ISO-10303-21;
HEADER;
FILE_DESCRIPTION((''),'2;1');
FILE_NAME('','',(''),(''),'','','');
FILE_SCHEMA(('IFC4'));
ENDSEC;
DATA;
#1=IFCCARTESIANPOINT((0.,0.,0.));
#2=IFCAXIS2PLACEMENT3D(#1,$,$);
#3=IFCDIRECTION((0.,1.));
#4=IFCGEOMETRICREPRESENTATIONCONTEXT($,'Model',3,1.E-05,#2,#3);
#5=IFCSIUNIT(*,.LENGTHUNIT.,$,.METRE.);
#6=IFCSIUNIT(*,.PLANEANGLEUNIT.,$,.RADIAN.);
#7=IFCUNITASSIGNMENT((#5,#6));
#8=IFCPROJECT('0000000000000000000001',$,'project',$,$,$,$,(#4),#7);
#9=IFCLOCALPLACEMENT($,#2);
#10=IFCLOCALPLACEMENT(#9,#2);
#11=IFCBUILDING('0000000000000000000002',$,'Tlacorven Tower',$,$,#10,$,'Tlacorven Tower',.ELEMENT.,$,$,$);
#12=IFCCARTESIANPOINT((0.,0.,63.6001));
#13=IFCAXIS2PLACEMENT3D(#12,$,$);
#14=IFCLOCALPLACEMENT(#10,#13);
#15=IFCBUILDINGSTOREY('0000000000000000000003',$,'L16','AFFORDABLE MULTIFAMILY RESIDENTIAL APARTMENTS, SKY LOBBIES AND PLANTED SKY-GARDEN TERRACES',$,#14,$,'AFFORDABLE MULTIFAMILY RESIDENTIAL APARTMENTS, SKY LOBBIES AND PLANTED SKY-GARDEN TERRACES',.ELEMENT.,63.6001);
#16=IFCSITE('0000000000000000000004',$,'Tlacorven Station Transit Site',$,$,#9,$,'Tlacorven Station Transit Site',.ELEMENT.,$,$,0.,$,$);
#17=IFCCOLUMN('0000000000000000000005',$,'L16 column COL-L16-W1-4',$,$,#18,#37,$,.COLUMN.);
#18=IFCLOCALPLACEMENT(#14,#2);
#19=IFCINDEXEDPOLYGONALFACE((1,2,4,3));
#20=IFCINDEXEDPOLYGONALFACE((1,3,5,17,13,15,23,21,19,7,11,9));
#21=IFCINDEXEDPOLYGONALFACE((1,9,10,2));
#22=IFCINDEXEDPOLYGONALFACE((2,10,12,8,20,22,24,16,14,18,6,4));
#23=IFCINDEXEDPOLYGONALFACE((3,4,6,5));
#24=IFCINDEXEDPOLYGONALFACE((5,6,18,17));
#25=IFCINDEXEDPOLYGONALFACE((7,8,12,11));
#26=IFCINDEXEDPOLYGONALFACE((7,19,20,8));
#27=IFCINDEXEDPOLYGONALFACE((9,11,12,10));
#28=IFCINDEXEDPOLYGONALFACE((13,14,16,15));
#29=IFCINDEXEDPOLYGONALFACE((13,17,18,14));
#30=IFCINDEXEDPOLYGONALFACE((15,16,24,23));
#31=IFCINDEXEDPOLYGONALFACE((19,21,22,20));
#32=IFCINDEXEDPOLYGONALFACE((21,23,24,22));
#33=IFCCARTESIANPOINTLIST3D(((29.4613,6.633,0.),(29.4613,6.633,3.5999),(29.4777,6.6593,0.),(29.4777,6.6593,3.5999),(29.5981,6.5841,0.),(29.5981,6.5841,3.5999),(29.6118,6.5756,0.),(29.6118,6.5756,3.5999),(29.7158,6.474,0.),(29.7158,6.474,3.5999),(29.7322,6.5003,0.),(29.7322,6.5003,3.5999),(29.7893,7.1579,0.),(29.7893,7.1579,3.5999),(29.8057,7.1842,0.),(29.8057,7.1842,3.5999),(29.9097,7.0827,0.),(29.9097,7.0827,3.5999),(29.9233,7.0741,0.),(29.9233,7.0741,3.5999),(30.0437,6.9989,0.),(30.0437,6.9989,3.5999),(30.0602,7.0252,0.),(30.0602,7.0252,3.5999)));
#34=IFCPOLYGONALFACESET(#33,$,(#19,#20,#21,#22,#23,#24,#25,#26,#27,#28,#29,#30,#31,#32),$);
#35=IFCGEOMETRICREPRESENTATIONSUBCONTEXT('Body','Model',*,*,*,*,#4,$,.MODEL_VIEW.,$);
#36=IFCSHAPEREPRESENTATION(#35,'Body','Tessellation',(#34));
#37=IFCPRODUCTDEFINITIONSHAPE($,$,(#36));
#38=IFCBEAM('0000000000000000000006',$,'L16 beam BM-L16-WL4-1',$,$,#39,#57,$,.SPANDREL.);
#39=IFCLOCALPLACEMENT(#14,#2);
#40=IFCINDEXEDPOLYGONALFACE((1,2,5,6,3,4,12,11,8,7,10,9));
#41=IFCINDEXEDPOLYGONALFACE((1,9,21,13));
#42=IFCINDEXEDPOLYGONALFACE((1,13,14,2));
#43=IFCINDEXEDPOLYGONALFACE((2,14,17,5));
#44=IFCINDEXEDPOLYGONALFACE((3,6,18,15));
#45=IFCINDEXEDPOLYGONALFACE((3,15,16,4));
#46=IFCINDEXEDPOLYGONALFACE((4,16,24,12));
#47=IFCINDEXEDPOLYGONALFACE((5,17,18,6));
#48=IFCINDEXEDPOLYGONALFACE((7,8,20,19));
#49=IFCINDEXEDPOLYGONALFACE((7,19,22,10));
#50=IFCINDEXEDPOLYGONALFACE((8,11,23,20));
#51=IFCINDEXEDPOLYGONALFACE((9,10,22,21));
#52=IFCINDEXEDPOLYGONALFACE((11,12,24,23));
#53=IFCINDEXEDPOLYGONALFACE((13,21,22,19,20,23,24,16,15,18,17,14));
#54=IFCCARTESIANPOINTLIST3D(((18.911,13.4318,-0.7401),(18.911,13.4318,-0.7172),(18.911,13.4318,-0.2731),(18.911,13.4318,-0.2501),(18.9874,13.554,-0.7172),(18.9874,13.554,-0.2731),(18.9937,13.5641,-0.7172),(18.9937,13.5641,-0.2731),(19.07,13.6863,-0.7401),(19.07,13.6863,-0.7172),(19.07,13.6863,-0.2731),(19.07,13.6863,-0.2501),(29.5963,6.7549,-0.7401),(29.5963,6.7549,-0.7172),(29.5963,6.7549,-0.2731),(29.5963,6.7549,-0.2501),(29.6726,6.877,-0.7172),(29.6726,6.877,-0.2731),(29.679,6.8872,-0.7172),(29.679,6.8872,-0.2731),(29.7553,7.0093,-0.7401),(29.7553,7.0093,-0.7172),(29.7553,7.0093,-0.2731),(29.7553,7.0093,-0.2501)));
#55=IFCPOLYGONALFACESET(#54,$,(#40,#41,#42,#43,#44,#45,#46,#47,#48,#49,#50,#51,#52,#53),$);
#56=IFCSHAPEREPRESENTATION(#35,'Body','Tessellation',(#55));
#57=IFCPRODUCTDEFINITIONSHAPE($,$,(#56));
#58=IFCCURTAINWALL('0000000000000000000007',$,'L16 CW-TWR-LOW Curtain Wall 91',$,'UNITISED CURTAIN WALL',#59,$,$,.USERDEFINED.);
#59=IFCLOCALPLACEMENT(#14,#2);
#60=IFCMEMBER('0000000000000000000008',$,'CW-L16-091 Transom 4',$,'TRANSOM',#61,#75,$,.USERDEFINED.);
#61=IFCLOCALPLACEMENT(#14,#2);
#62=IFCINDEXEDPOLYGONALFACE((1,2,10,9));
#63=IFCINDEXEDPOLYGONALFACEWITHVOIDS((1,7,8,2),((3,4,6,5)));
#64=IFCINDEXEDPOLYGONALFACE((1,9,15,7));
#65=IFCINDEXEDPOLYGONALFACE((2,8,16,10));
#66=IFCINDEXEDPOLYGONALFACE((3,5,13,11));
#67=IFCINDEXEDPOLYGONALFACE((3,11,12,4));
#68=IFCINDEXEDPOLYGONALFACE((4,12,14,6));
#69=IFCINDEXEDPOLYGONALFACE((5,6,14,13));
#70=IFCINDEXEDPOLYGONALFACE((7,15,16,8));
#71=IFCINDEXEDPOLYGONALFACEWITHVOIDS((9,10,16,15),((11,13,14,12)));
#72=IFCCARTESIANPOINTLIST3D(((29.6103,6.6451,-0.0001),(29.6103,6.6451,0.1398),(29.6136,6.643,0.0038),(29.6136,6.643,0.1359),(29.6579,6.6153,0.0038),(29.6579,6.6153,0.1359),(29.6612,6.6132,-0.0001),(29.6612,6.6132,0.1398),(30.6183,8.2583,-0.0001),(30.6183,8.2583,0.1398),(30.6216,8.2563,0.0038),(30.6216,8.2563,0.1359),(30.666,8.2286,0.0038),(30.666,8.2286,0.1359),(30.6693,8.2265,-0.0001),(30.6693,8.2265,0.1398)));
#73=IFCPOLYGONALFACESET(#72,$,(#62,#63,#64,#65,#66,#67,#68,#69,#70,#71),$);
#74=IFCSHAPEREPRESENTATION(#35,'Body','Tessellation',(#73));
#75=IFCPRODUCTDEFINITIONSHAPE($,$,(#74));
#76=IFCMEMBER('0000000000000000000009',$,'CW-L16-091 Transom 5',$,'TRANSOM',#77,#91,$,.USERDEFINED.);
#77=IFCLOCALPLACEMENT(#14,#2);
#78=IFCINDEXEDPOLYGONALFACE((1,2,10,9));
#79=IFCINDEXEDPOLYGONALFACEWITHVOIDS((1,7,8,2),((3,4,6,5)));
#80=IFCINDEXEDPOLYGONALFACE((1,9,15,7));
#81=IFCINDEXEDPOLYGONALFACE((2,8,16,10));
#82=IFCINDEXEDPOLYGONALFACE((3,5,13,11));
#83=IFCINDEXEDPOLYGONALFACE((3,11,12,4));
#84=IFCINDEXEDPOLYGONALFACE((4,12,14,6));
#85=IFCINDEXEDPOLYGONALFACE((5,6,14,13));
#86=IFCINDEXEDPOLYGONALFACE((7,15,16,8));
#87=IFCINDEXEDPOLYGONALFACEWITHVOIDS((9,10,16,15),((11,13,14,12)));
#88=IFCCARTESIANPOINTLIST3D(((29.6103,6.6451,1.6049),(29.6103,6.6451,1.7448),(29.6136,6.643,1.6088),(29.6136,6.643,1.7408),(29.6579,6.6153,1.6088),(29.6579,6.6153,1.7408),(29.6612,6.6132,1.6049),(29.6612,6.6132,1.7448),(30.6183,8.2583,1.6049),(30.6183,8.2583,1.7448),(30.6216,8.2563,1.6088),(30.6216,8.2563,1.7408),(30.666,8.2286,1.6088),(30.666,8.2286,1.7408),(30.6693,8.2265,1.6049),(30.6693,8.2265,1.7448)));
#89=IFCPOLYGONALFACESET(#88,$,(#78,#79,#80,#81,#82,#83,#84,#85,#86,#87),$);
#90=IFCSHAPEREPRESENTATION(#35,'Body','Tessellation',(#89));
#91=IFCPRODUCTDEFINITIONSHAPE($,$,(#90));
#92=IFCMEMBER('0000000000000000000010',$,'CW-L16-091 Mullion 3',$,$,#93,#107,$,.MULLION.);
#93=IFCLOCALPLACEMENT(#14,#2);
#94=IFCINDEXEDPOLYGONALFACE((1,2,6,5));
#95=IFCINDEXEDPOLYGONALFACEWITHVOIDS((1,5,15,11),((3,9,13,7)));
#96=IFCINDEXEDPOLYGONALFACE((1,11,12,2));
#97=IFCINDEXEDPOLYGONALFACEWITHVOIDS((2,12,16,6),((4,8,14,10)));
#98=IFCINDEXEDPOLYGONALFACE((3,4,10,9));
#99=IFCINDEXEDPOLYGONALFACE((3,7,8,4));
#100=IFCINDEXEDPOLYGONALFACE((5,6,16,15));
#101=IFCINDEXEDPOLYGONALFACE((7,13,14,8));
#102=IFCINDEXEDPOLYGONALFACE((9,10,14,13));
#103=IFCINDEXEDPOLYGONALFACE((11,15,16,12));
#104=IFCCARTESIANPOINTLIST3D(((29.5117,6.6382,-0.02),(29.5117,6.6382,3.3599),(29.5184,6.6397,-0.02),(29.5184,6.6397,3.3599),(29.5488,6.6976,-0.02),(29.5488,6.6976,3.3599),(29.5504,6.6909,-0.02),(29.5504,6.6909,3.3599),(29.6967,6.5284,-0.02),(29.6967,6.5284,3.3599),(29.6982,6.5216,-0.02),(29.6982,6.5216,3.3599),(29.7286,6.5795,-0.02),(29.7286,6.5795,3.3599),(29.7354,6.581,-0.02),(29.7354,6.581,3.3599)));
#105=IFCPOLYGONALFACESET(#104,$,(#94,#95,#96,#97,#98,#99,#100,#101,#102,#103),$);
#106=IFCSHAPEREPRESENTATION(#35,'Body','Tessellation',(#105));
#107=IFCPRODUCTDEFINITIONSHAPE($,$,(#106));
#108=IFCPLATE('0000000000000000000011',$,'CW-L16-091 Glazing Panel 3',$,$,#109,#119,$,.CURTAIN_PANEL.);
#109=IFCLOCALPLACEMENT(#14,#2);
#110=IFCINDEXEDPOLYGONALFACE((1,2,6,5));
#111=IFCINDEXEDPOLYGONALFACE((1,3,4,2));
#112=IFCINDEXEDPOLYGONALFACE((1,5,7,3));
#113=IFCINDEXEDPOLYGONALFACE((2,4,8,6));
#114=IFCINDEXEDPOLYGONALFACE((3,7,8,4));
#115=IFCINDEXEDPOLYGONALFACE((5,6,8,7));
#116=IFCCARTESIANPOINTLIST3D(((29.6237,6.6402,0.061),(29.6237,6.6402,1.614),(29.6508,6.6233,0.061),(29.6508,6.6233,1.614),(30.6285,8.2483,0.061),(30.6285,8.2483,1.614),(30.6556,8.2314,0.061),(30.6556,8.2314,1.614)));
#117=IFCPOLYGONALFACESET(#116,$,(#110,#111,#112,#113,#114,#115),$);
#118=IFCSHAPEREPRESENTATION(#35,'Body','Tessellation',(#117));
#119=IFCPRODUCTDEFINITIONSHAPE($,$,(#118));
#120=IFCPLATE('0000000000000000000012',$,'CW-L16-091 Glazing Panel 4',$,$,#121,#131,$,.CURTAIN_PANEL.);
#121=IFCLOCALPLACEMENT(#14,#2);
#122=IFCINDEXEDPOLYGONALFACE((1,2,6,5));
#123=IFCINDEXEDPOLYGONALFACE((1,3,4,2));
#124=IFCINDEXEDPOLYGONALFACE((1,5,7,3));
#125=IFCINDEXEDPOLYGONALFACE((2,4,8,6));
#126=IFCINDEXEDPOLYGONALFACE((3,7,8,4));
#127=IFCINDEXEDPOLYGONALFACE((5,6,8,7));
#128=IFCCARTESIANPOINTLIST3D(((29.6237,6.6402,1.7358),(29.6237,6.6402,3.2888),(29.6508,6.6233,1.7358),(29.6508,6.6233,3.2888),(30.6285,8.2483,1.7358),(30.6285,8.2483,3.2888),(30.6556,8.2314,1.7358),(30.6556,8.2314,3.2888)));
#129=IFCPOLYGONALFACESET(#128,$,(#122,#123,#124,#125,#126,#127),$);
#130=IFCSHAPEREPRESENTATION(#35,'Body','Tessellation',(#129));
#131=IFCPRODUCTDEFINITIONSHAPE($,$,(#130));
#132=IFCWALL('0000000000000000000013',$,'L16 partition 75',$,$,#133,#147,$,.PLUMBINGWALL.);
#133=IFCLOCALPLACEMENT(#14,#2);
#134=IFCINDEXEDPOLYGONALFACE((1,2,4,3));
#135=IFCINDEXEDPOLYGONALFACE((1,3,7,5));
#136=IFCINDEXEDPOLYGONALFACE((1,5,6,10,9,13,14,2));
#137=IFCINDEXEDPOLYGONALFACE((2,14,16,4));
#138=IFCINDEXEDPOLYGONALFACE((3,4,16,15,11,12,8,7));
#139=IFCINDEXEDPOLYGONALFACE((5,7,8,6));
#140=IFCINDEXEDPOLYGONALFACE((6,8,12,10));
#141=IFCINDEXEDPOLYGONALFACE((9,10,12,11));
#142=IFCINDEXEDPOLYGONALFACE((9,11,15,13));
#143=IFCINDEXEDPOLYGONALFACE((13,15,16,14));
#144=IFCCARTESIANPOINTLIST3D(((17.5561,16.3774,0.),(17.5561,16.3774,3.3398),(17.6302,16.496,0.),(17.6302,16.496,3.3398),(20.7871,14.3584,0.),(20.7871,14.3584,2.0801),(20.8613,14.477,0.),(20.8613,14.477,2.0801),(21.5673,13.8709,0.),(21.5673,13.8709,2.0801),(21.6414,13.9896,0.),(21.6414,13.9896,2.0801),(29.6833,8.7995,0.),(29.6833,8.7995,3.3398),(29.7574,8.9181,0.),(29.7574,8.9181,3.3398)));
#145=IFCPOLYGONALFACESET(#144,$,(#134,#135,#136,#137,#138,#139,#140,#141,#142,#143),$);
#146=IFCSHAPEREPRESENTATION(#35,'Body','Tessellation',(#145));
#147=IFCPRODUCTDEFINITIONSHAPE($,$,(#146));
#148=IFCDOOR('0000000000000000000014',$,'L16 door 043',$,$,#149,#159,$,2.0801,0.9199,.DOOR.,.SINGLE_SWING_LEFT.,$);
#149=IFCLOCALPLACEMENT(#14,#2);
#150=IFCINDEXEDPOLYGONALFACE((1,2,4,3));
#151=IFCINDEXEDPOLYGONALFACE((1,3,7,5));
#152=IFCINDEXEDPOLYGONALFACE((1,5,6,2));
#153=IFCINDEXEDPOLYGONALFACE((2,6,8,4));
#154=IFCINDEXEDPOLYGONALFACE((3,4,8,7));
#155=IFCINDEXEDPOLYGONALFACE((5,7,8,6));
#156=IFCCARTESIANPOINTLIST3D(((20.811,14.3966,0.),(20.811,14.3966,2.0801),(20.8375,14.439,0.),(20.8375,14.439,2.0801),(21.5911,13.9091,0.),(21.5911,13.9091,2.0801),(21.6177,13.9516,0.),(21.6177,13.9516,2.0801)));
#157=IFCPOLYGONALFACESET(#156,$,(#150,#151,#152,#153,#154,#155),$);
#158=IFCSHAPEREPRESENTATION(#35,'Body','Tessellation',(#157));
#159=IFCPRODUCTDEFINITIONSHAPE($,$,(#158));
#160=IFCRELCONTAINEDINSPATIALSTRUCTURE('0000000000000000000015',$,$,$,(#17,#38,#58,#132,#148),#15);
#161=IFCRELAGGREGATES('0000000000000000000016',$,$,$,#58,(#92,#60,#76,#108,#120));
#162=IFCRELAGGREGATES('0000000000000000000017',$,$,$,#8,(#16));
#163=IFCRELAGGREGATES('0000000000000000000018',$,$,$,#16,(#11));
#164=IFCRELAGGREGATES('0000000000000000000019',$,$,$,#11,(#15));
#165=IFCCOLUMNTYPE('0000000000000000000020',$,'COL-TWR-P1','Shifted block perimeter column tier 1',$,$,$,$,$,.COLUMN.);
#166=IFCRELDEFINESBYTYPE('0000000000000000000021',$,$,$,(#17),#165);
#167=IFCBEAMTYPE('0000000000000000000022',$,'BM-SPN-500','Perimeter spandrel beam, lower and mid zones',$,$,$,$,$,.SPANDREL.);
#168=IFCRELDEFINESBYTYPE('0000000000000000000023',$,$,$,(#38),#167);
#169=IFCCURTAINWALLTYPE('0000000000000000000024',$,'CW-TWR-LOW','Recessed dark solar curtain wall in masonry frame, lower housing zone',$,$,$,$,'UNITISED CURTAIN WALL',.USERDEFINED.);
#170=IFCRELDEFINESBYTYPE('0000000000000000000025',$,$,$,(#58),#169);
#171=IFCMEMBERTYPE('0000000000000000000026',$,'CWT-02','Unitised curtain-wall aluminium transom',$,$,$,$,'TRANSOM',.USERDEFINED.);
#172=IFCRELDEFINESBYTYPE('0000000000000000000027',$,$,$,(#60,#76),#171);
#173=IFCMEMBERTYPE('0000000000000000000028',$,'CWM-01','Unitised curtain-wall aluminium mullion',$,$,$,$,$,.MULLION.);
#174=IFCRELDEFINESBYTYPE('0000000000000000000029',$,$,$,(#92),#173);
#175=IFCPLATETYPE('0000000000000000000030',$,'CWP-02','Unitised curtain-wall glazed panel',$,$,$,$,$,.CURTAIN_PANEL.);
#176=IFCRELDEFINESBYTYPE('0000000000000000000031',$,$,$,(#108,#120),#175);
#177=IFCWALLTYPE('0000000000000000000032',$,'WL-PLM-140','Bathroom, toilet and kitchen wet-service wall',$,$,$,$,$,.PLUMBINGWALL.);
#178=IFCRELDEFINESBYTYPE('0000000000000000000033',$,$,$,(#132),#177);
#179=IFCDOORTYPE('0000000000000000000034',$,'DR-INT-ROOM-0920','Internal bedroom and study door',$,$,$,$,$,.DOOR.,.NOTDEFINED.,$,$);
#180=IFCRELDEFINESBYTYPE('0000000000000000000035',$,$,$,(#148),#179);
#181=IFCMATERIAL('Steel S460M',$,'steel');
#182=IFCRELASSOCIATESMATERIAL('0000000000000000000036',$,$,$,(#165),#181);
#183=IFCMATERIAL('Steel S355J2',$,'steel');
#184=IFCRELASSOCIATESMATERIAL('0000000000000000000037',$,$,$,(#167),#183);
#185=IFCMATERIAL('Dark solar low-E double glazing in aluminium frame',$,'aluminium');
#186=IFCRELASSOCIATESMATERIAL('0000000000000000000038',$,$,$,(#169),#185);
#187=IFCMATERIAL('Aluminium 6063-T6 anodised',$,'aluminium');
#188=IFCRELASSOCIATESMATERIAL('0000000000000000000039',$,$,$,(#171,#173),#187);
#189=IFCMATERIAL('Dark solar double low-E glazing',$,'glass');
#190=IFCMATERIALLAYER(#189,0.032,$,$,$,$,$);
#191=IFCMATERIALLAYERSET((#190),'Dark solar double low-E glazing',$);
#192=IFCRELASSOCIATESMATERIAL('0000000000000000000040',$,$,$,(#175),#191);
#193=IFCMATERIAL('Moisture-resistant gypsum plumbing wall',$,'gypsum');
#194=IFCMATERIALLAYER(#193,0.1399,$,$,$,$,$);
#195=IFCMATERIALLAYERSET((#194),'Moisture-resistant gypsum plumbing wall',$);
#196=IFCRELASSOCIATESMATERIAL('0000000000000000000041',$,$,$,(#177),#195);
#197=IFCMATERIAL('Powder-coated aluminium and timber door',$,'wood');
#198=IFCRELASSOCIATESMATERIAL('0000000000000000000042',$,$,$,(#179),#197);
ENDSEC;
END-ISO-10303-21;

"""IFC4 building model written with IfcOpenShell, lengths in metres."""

from ifc_helpers import new_model, si_unit, direction, frame, frame_2d, origin, origin_2d, place, context, subcontext, project, spatial, rectangle, hollow_rectangle, i_section, extrude, source, transform, mapped, material, layer, layer_set, material_profile, profile_set, type_object, element, fill, aggregate, save


model = new_model("IFC4")

# Units and contexts
model_context = context("Model", 3, precision=1e-05, world=origin(), true_north=direction((0.0, 1.0)))
body_context = subcontext(model_context, "Body", "Model", "MODEL_VIEW")
ifc_project = project(units=[si_unit("LENGTHUNIT", "METRE"), si_unit("PLANEANGLEUNIT", "RADIAN")], contexts=[model_context])

# Site, building, storey
site_placement = place(None, origin())
site = spatial("IfcSite", under=ifc_project, at=site_placement, Name="Tlacorven Station Transit Site", LongName="Tlacorven Station Transit Site", CompositionType="ELEMENT", RefElevation=0.0)
building_placement = place(site_placement, origin())
building = spatial("IfcBuilding", under=site, at=building_placement, Name="Tlacorven Tower", LongName="Tlacorven Tower", CompositionType="ELEMENT")
storey_placement = place(building_placement, frame((0.0, 0.0, 63.6001)))
storey = spatial("IfcBuildingStorey", under=building, at=storey_placement, Name="L16", Description="AFFORDABLE MULTIFAMILY RESIDENTIAL APARTMENTS, SKY LOBBIES AND PLANTED SKY-GARDEN TERRACES", LongName="AFFORDABLE MULTIFAMILY RESIDENTIAL APARTMENTS, SKY LOBBIES AND PLANTED SKY-GARDEN TERRACES", CompositionType="ELEMENT", Elevation=63.6001)

# Column
ifc_material_1 = material(Name="Steel S460M", Category="steel")
ifc_material_profile_1 = material_profile(ifc_material_1, i_section(OverallWidth=0.3, OverallDepth=0.6499, WebThickness=0.0161, FlangeThickness=0.031, at=origin_2d()), Name="HEB 650")
ifc_profile_set_1 = profile_set([ifc_material_profile_1], Name="Steel S460M")
column_type = type_object("IfcColumnType", Name="COL-TWR-P1", Description="Shifted block perimeter column tier 1", PredefinedType="COLUMN", material=ifc_profile_set_1)
shared_shape_1 = source(origin(), body_context, "Body", "SweptSolid", [
    extrude(i_section(OverallWidth=0.3, OverallDepth=0.6499, WebThickness=0.0161, FlangeThickness=0.031, at=origin_2d()), origin(), (0.0, 0.0, 1.0), 3.5999),
])
column_placement = place(storey_placement, frame((29.7607, 6.8291, 0.0), z_axis=(0.0, 0.0, 1.0), x_axis=(-0.848048, 0.529919, 0.0)))
element("IfcColumn", 1, at=column_placement, inside=storey, type_object=column_type, Name="L16 column COL-L16-W1-4", PredefinedType="COLUMN", context=body_context, shape_type="MappedRepresentation", body=[
    mapped(shared_shape_1, transform((0.0, 0.0, 0.0), scale=1.0)),
])

# Beam
ifc_material_2 = material(Name="Steel S355J2", Category="steel")
ifc_material_profile_2 = material_profile(ifc_material_2, i_section(OverallWidth=0.3, OverallDepth=0.49, WebThickness=0.012, FlangeThickness=0.0229, at=origin_2d()), Name="HEA 500")
ifc_profile_set_2 = profile_set([ifc_material_profile_2], Name="Steel S355J2")
beam_type = type_object("IfcBeamType", Name="BM-SPN-500", Description="Perimeter spandrel beam, lower and mid zones", PredefinedType="SPANDREL", material=ifc_profile_set_2)
shared_shape_2 = source(origin(), body_context, "Body", "SweptSolid", [
    extrude(i_section(OverallWidth=0.3, OverallDepth=0.49, WebThickness=0.012, FlangeThickness=0.0229, at=origin_2d()), origin(), (0.0, 0.0, 1.0), 12.5999),
])
beam_placement = place(storey_placement, frame((29.6758, 6.8821, -0.4951), z_axis=(-0.848045, 0.529924, 0.0), x_axis=(-0.529924, -0.848045, 0.0)))
element("IfcBeam", 2, at=beam_placement, inside=storey, type_object=beam_type, Name="L16 beam BM-L16-WL4-1", PredefinedType="SPANDREL", context=body_context, shape_type="MappedRepresentation", body=[
    mapped(shared_shape_2, transform((0.0, 0.0, 0.0), scale=1.0)),
])

# Curtain wall, members, plates
ifc_material_3 = material(Name="Dark solar low-E double glazing in aluminium frame", Category="aluminium")
curtain_wall_type = type_object("IfcCurtainWallType", Name="CW-TWR-LOW", Description="Recessed dark solar curtain wall in masonry frame, lower housing zone", ElementType="UNITISED CURTAIN WALL", PredefinedType="USERDEFINED", material=ifc_material_3)
curtain_wall_placement = place(storey_placement, origin())
curtain_wall = element("IfcCurtainWall", 3, at=curtain_wall_placement, inside=storey, type_object=curtain_wall_type, Name="L16 CW-TWR-LOW Curtain Wall 91", ObjectType="UNITISED CURTAIN WALL", PredefinedType="USERDEFINED")
ifc_material_4 = material(Name="Aluminium 6063-T6 anodised", Category="aluminium")
ifc_material_profile_3 = material_profile(ifc_material_4, hollow_rectangle(XDim=0.0601, YDim=0.1399, WallThickness=0.0039, at=origin_2d()), Name="ALU TRANSOM 60X140")
ifc_profile_set_3 = profile_set([ifc_material_profile_3], Name="Aluminium 6063-T6 anodised")
member_type_1 = type_object("IfcMemberType", Name="CWT-02", Description="Unitised curtain-wall aluminium transom", ElementType="TRANSOM", PredefinedType="USERDEFINED", material=ifc_profile_set_3)
shared_shape_3 = source(origin(), body_context, "Body", "SweptSolid", [
    extrude(hollow_rectangle(XDim=0.0601, YDim=0.1399, WallThickness=0.0039, at=origin_2d()), origin(), (0.0, 0.0, 1.0), 1.9023),
])
member_1_placement = place(storey_placement, frame((30.6438, 8.2424, 0.0698), z_axis=(-0.529907, -0.848056, 0.0), x_axis=(0.848056, -0.529907, 0.0)))
member_1 = element("IfcMember", 4, at=member_1_placement, type_object=member_type_1, Name="CW-L16-091 Transom 4", ObjectType="TRANSOM", PredefinedType="USERDEFINED", context=body_context, shape_type="MappedRepresentation", body=[
    mapped(shared_shape_3, transform((0.0, 0.0, 0.0), scale=1.0)),
])
member_2_placement = place(storey_placement, frame((30.6438, 8.2424, 1.6748), z_axis=(-0.529907, -0.848056, 0.0), x_axis=(0.848056, -0.529907, 0.0)))
member_2 = element("IfcMember", 5, at=member_2_placement, type_object=member_type_1, Name="CW-L16-091 Transom 5", ObjectType="TRANSOM", PredefinedType="USERDEFINED", context=body_context, shape_type="MappedRepresentation", body=[
    mapped(shared_shape_3, transform((0.0, 0.0, 0.0), scale=1.0)),
])
ifc_material_profile_4 = material_profile(ifc_material_4, hollow_rectangle(XDim=0.0701, YDim=0.22, WallThickness=0.0049, at=origin_2d()), Name="ALU MULLION 70X220")
ifc_profile_set_4 = profile_set([ifc_material_profile_4], Name="Aluminium 6063-T6 anodised")
member_type_2 = type_object("IfcMemberType", Name="CWM-01", Description="Unitised curtain-wall aluminium mullion", PredefinedType="MULLION", material=ifc_profile_set_4)
shared_shape_4 = source(origin(), body_context, "Body", "SweptSolid", [
    extrude(hollow_rectangle(XDim=0.0701, YDim=0.22, WallThickness=0.0049, at=origin_2d()), origin(), (0.0, 0.0, 1.0), 3.3799),
])
member_3_placement = place(storey_placement, frame((29.6235, 6.6096, -0.02), z_axis=(0.0, 0.0, 1.0), x_axis=(-0.529919, -0.848048, 0.0)))
member_3 = element("IfcMember", 6, at=member_3_placement, type_object=member_type_2, Name="CW-L16-091 Mullion 3", PredefinedType="MULLION", context=body_context, shape_type="MappedRepresentation", body=[
    mapped(shared_shape_4, transform((0.0, 0.0, 0.0), scale=1.0)),
])
ifc_material_5 = material(Name="Dark solar double low-E glazing", Category="glass")
ifc_layer_1 = layer(ifc_material_5, 0.032)
ifc_layer_set_1 = layer_set([ifc_layer_1], Name="Dark solar double low-E glazing")
plate_type = type_object("IfcPlateType", Name="CWP-02", Description="Unitised curtain-wall glazed panel", PredefinedType="CURTAIN_PANEL", material=ifc_layer_set_1)
shared_shape_5 = source(origin(), body_context, "Body", "SweptSolid", [
    extrude(rectangle(XDim=1.8962, YDim=0.032, at=origin_2d()), origin(), (0.0, 0.0, 1.0), 1.553),
])
plate_1_placement = place(storey_placement, frame((30.1396, 7.4358, 0.061), z_axis=(0.0, 0.0, 1.0), x_axis=(-0.529919, -0.848048, 0.0)))
plate_1 = element("IfcPlate", 7, at=plate_1_placement, type_object=plate_type, Name="CW-L16-091 Glazing Panel 3", PredefinedType="CURTAIN_PANEL", context=body_context, shape_type="MappedRepresentation", body=[
    mapped(shared_shape_5, transform((0.0, 0.0, 0.0), scale=1.0)),
])
plate_2_placement = place(storey_placement, frame((30.1396, 7.4358, 1.7358), z_axis=(0.0, 0.0, 1.0), x_axis=(-0.529919, -0.848048, 0.0)))
plate_2 = element("IfcPlate", 8, at=plate_2_placement, type_object=plate_type, Name="CW-L16-091 Glazing Panel 4", PredefinedType="CURTAIN_PANEL", context=body_context, shape_type="MappedRepresentation", body=[
    mapped(shared_shape_5, transform((0.0, 0.0, 0.0), scale=1.0)),
])
aggregate(curtain_wall, [member_3, member_1, member_2, plate_1, plate_2])

# Shared definitions
ifc_material_6 = material(Name="Powder-coated aluminium and timber door", Category="wood")

# Wall, opening, door
ifc_material_7 = material(Name="Moisture-resistant gypsum plumbing wall", Category="gypsum")
ifc_layer_2 = layer(ifc_material_7, 0.1399)
ifc_layer_set_2 = layer_set([ifc_layer_2], Name="Moisture-resistant gypsum plumbing wall")
wall_type_1 = type_object("IfcWallType", Name="WL-PLM-140", Description="Bathroom, toilet and kitchen wet-service wall", PredefinedType="PLUMBINGWALL", material=ifc_layer_set_2)
wall_1_placement = place(storey_placement, frame((29.7202, 8.8589, 0.0), z_axis=(0.0, 0.0, 1.0), x_axis=(-0.848049, 0.529918, 0.0)))
wall_1 = element("IfcWall", 9, at=wall_1_placement, inside=storey, type_object=wall_type_1, Name="L16 partition 75", PredefinedType="PLUMBINGWALL", context=body_context, shape_type="SweptSolid", body=[
    extrude(rectangle(XDim=14.3, YDim=0.1399, at=frame_2d((7.1499, 0.0))), origin(), (0.0, 0.0, 1.0), 3.3398),
])
opening_1_placement = place(wall_1_placement, frame((9.5701, 0.0, 0.0)))
opening_1 = element("IfcOpeningElement", 10, at=opening_1_placement, cuts=wall_1, PredefinedType="OPENING", context=body_context, shape_type="SweptSolid", body=[
    extrude(rectangle(XDim=0.9199, YDim=2.0801, at=frame_2d((0.46, 1.04))), frame((0.0, 0.0801, 0.0), z_axis=(0.0, -1.0, 0.0), x_axis=(1.0, 0.0, 0.0)), (0.0, 0.0, 1.0), 0.1599),
])
door_type_1 = type_object("IfcDoorType", Name="DR-INT-ROOM-0920", Description="Internal bedroom and study door", OperationType="NOTDEFINED", PredefinedType="DOOR", material=ifc_material_6)
shared_shape_6 = source(origin(), body_context, "Body", "SweptSolid", [
    extrude(rectangle(XDim=0.9199, YDim=2.0801, at=frame_2d((0.46, 1.04))), frame((0.0, 0.0249, 0.0), z_axis=(0.0, -1.0, 0.0), x_axis=(1.0, 0.0, 0.0)), (0.0, 0.0, 1.0), 0.05),
])
door_1_placement = place(opening_1_placement, origin())
door_1 = element("IfcDoor", 11, at=door_1_placement, inside=storey, type_object=door_type_1, Name="L16 door 043", OperationType="SINGLE_SWING_LEFT", OverallHeight=2.0801, OverallWidth=0.9199, PredefinedType="DOOR", context=body_context, shape_type="MappedRepresentation", body=[
    mapped(shared_shape_6, transform((0.0, 0.0, 0.0), scale=1.0)),
])
fill(opening_1, door_1)

save(model, "model.ifc")
